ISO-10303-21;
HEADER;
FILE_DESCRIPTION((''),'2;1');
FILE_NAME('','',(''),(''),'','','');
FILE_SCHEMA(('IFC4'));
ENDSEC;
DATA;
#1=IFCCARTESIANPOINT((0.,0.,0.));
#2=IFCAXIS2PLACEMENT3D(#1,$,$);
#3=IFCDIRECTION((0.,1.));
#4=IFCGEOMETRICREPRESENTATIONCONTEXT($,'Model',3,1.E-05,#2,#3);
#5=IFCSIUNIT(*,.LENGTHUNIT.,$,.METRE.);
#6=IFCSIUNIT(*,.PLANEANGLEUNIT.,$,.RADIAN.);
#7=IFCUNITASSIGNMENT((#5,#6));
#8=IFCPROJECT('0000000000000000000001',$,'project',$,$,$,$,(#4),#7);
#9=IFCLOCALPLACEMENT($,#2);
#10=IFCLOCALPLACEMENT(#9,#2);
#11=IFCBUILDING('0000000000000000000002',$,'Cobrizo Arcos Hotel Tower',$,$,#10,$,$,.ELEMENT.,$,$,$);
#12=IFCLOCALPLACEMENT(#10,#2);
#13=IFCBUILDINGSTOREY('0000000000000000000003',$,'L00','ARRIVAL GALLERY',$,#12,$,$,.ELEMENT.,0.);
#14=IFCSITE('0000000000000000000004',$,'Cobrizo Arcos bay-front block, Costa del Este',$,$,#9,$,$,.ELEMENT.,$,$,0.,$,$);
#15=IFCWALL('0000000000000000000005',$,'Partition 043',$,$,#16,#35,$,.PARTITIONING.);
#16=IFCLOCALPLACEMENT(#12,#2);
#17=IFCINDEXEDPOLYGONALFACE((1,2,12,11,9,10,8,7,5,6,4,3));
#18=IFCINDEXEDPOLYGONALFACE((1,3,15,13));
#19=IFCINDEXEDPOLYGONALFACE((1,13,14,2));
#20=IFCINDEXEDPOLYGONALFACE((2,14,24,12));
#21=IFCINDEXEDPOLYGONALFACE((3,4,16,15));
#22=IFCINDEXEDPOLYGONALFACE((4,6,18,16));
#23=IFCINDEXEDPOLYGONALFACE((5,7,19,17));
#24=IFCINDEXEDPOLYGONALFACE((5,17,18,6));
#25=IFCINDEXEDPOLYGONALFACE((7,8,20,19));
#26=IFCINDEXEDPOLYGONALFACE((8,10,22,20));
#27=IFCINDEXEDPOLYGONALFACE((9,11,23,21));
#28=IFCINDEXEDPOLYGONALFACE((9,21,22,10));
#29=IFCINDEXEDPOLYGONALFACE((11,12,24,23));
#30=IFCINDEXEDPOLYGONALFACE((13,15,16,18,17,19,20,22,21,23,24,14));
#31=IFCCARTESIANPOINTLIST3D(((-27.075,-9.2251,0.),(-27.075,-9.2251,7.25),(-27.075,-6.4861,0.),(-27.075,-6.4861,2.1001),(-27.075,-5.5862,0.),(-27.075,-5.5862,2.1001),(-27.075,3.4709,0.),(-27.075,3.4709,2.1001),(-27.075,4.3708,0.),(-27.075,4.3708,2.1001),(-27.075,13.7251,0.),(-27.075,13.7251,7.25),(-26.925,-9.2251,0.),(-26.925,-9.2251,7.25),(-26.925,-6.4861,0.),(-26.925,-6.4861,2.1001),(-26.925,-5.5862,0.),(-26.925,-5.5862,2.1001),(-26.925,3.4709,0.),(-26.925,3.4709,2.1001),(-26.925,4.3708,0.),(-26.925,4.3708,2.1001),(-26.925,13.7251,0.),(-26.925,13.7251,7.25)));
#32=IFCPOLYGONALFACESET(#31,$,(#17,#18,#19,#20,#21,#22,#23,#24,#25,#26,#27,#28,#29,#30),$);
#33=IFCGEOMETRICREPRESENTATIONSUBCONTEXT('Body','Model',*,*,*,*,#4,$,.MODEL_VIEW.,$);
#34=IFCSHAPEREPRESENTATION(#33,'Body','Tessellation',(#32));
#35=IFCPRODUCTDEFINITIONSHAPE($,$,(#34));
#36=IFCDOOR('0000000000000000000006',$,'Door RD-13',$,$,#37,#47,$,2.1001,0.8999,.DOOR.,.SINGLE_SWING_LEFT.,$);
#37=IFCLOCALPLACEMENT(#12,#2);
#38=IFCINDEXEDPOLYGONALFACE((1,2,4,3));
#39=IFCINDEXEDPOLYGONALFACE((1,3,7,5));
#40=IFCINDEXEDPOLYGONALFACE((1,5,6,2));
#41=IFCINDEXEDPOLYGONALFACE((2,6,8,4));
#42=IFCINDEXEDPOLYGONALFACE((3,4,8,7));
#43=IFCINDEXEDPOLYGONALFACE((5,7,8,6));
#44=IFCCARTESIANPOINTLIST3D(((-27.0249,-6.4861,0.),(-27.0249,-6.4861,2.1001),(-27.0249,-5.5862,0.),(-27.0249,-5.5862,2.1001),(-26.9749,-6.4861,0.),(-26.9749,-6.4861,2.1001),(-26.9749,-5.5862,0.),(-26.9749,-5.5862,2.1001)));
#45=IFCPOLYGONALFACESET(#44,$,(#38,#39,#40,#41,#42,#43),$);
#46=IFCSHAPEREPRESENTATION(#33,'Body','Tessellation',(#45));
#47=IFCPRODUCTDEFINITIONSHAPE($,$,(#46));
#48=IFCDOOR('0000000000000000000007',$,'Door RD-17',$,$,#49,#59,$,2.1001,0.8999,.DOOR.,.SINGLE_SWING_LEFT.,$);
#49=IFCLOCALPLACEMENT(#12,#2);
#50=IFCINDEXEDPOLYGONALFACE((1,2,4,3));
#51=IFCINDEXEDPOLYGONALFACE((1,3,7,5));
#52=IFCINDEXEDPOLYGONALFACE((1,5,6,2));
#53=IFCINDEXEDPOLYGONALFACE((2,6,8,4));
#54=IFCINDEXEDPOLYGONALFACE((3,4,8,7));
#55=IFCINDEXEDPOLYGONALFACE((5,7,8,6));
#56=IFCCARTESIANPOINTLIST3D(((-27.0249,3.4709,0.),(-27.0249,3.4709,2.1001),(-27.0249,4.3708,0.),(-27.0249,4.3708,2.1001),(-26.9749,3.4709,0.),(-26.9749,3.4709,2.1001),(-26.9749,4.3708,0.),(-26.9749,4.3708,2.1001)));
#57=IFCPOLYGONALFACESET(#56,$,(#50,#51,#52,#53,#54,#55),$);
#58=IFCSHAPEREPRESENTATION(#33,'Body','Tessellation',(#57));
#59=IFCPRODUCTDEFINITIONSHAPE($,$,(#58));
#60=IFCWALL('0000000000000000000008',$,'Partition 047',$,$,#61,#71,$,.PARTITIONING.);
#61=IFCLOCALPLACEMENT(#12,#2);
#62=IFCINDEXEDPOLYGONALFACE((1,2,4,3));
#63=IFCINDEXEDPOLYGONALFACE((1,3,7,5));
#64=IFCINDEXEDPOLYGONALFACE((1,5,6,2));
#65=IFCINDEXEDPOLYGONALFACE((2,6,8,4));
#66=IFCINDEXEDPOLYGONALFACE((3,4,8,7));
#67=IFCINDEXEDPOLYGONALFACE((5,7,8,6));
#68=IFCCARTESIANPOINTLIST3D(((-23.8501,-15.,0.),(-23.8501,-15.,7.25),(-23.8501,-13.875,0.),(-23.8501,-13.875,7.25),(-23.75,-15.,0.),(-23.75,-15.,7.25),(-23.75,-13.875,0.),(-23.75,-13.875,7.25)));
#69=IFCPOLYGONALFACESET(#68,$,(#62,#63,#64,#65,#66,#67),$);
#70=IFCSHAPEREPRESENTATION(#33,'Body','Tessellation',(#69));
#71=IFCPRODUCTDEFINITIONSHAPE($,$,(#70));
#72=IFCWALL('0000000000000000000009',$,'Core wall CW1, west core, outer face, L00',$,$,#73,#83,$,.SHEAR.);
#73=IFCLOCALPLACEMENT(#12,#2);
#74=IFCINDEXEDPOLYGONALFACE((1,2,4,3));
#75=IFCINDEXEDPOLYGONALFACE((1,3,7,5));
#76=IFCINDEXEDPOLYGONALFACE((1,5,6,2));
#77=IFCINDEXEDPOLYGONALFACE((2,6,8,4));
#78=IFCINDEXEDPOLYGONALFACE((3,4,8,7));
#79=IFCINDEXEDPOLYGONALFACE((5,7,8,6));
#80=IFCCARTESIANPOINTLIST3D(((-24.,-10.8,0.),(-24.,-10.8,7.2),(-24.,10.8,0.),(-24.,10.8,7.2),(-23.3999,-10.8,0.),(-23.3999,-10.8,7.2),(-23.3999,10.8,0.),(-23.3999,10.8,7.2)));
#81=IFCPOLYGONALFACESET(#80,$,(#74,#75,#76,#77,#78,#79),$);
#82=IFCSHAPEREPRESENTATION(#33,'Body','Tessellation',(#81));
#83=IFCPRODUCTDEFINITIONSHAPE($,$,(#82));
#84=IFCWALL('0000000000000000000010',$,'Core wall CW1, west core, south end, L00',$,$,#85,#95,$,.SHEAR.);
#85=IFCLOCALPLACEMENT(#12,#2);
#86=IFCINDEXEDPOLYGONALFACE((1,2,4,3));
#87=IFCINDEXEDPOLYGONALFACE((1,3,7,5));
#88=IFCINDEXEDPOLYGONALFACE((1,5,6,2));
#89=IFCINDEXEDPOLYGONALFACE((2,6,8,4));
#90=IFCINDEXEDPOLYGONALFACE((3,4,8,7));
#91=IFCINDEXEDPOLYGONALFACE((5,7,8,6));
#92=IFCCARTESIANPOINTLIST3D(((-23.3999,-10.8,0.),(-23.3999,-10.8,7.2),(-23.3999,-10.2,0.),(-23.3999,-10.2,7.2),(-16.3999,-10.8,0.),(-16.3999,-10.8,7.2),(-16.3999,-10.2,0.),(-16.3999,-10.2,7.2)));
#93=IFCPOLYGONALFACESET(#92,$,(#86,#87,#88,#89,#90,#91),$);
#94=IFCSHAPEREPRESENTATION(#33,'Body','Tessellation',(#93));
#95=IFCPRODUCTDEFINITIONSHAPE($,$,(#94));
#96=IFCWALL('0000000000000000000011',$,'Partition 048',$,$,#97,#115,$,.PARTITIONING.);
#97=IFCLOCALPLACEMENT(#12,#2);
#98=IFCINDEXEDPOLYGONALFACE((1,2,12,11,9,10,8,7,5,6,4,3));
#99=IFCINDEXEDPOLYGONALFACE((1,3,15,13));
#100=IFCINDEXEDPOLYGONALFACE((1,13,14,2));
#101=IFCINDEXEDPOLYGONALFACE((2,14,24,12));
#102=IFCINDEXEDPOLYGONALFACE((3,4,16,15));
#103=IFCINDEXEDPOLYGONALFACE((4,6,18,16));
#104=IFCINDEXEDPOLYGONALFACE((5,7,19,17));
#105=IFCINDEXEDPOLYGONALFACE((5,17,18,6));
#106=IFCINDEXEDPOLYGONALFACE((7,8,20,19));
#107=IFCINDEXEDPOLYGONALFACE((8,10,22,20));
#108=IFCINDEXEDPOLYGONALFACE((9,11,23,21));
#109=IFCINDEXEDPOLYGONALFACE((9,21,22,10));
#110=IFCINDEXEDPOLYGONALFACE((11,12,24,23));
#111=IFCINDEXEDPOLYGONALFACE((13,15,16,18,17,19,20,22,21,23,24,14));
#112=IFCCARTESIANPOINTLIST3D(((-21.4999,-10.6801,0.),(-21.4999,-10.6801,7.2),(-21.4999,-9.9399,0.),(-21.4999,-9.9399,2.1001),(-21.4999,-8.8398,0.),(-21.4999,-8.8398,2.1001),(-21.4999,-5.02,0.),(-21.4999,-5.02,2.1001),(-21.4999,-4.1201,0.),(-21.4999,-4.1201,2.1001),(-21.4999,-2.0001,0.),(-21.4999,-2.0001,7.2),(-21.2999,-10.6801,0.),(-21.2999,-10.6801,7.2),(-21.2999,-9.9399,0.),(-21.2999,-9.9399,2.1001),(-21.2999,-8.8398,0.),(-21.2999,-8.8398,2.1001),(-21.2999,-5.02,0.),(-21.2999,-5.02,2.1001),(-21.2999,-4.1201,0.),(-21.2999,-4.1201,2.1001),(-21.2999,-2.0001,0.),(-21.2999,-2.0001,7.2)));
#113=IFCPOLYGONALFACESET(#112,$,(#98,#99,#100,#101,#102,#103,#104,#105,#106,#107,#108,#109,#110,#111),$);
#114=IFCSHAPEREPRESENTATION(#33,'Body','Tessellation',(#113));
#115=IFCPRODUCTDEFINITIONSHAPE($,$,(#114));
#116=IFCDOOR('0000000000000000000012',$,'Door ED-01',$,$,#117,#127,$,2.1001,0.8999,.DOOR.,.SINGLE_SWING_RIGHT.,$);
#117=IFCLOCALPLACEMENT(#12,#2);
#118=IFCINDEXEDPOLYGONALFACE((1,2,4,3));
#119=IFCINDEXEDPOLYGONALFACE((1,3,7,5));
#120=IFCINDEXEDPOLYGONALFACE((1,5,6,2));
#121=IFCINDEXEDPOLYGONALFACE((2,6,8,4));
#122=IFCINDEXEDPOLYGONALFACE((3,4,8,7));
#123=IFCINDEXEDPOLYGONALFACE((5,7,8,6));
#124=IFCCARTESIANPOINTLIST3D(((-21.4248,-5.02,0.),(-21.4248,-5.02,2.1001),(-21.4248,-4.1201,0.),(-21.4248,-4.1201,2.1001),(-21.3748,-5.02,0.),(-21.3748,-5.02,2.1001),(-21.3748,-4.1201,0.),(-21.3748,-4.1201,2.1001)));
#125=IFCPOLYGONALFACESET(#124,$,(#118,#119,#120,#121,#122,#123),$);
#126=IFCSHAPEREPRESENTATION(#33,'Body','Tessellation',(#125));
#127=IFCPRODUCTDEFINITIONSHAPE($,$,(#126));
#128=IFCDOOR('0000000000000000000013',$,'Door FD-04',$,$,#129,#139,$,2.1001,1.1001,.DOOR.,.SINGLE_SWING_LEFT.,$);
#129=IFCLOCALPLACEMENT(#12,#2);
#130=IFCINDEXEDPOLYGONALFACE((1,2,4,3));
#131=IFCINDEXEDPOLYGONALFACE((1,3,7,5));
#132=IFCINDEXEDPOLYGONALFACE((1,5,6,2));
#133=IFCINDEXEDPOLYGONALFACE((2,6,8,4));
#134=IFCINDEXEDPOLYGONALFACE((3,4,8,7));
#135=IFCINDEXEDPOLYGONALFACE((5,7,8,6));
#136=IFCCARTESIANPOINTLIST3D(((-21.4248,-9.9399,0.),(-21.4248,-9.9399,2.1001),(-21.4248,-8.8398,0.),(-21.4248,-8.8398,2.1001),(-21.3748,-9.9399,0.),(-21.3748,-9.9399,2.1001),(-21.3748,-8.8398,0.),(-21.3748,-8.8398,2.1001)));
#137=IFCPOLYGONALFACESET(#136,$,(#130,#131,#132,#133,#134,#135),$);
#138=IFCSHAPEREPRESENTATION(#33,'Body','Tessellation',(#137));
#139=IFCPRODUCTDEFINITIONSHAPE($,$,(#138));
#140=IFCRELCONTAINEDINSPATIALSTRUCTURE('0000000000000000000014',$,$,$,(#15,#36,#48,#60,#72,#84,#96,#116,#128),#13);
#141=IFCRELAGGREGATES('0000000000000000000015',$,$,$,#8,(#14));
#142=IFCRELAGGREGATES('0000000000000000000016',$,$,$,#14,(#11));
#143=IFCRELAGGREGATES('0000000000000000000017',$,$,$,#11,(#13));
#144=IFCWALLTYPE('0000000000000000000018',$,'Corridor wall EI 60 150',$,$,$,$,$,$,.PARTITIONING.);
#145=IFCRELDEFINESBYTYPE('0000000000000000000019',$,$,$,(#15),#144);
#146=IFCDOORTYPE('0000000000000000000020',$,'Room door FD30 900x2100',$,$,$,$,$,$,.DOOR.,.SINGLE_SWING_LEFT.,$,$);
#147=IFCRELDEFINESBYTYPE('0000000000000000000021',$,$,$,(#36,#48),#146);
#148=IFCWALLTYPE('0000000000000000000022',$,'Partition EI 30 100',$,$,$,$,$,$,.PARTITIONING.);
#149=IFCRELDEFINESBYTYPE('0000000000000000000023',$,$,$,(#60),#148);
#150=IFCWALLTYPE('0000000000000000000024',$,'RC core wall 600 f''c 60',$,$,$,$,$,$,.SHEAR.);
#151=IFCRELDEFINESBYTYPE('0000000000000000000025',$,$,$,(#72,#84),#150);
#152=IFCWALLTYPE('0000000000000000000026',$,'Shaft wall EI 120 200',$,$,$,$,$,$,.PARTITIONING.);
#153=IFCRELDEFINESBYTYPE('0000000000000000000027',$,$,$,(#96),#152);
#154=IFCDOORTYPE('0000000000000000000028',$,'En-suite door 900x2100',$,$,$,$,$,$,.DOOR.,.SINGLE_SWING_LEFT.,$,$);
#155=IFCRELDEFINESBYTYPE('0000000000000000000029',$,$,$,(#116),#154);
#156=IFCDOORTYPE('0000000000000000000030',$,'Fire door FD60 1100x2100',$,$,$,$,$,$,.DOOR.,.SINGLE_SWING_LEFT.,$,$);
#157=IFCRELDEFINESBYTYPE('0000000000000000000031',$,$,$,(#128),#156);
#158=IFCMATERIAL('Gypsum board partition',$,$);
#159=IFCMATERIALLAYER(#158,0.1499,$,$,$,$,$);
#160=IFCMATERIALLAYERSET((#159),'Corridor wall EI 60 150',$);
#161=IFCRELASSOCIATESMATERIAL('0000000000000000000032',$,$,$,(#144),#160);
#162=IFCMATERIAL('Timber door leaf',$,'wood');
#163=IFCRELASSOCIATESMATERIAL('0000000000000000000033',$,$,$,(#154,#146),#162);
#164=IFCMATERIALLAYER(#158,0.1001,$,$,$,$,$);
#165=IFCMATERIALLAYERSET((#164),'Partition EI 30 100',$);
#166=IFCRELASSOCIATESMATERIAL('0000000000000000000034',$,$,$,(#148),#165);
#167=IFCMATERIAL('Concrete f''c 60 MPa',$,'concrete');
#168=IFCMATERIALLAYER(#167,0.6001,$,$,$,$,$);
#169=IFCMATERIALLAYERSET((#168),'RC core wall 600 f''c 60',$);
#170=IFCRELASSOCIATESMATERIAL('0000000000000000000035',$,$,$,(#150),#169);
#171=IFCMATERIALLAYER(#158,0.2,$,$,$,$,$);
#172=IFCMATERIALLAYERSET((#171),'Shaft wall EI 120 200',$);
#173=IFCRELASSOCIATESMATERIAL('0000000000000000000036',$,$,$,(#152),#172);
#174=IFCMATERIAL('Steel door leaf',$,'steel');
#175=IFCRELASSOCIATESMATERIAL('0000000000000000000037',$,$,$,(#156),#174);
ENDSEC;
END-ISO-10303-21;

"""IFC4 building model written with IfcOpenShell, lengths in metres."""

from ifc_helpers import new_model, si_unit, direction, frame, frame_2d, origin, place, context, subcontext, project, spatial, rectangle, extrude, material, layer, layer_set, type_object, element, fill, save


model = new_model("IFC4")

# Units and contexts
model_context = context("Model", 3, precision=1e-05, world=origin(), true_north=direction((0.0, 1.0)))
body_context = subcontext(model_context, "Body", "Model", "MODEL_VIEW")
ifc_project = project(units=[si_unit("LENGTHUNIT", "METRE"), si_unit("PLANEANGLEUNIT", "RADIAN")], contexts=[model_context])

# Site, building, storey
site_placement = place(None, origin())
site = spatial("IfcSite", under=ifc_project, at=site_placement, Name="Cobrizo Arcos bay-front block, Costa del Este", CompositionType="ELEMENT", RefElevation=0.0)
building_placement = place(site_placement, origin())
building = spatial("IfcBuilding", under=site, at=building_placement, Name="Cobrizo Arcos Hotel Tower", CompositionType="ELEMENT")
storey_placement = place(building_placement, origin())
storey = spatial("IfcBuildingStorey", under=building, at=storey_placement, Name="L00", Description="ARRIVAL GALLERY", CompositionType="ELEMENT", Elevation=0.0)

# Shared definitions
ifc_material_1 = material(Name="Gypsum board partition")
ifc_layer_1 = layer(ifc_material_1, 0.1499)
ifc_layer_set_1 = layer_set([ifc_layer_1], Name="Corridor wall EI 60 150")
wall_type_1 = type_object("IfcWallType", Name="Corridor wall EI 60 150", PredefinedType="PARTITIONING", material=ifc_layer_set_1)
ifc_material_2 = material(Name="Timber door leaf", Category="wood")
door_type_1 = type_object("IfcDoorType", Name="En-suite door 900x2100", OperationType="SINGLE_SWING_LEFT", PredefinedType="DOOR", material=ifc_material_2)
door_type_2 = type_object("IfcDoorType", Name="Room door FD30 900x2100", OperationType="SINGLE_SWING_LEFT", PredefinedType="DOOR", material=ifc_material_2)

# Wall, openings, doors
wall_1_placement = place(storey_placement, frame((-27.0, -9.2251, 0.0), z_axis=(0.0, 0.0, 1.0), x_axis=(0.0, 1.0, 0.0)))
wall_1 = element("IfcWall", 1, at=wall_1_placement, inside=storey, type_object=wall_type_1, Name="Partition 043", PredefinedType="PARTITIONING", context=body_context, shape_type="SweptSolid", body=[
    extrude(rectangle(XDim=22.9502, YDim=0.1499, at=frame_2d((11.4751, 0.0))), origin(), (0.0, 0.0, 1.0), 7.25),
])
opening_1_placement = place(wall_1_placement, frame((2.739, 0.0, 0.0)))
opening_1 = element("IfcOpeningElement", 2, at=opening_1_placement, cuts=wall_1, PredefinedType="OPENING", context=body_context, shape_type="SweptSolid", body=[
    extrude(rectangle(XDim=0.8999, YDim=2.1001, at=frame_2d((0.45, 1.05))), frame((0.0, 0.0869, 0.0), z_axis=(0.0, -1.0, 0.0), x_axis=(1.0, 0.0, 0.0)), (0.0, 0.0, 1.0), 0.1738),
])
opening_2_placement = place(wall_1_placement, frame((12.696, 0.0, 0.0)))
opening_2 = element("IfcOpeningElement", 3, at=opening_2_placement, cuts=wall_1, PredefinedType="OPENING", context=body_context, shape_type="SweptSolid", body=[
    extrude(rectangle(XDim=0.8999, YDim=2.1001, at=frame_2d((0.45, 1.05))), frame((0.0, 0.0869, 0.0), z_axis=(0.0, -1.0, 0.0), x_axis=(1.0, 0.0, 0.0)), (0.0, 0.0, 1.0), 0.1738),
])
door_1_placement = place(opening_1_placement, origin())
door_1 = element("IfcDoor", 4, at=door_1_placement, inside=storey, type_object=door_type_2, Name="Door RD-13", OperationType="SINGLE_SWING_LEFT", OverallHeight=2.1001, OverallWidth=0.8999, PredefinedType="DOOR", context=body_context, shape_type="SweptSolid", body=[
    extrude(rectangle(XDim=0.8999, YDim=2.1001, at=frame_2d((0.45, 1.05))), frame((0.0, 0.0249, 0.0), z_axis=(0.0, -1.0, 0.0), x_axis=(1.0, 0.0, 0.0)), (0.0, 0.0, 1.0), 0.05),
])
fill(opening_1, door_1)
door_2_placement = place(opening_2_placement, origin())
door_2 = element("IfcDoor", 5, at=door_2_placement, inside=storey, type_object=door_type_2, Name="Door RD-17", OperationType="SINGLE_SWING_LEFT", OverallHeight=2.1001, OverallWidth=0.8999, PredefinedType="DOOR", context=body_context, shape_type="SweptSolid", body=[
    extrude(rectangle(XDim=0.8999, YDim=2.1001, at=frame_2d((0.45, 1.05))), frame((0.0, 0.0249, 0.0), z_axis=(0.0, -1.0, 0.0), x_axis=(1.0, 0.0, 0.0)), (0.0, 0.0, 1.0), 0.05),
])
fill(opening_2, door_2)

# Walls
ifc_layer_2 = layer(ifc_material_1, 0.1001)
ifc_layer_set_2 = layer_set([ifc_layer_2], Name="Partition EI 30 100")
wall_type_2 = type_object("IfcWallType", Name="Partition EI 30 100", PredefinedType="PARTITIONING", material=ifc_layer_set_2)
wall_2_placement = place(storey_placement, frame((-23.8, -15.0, 0.0), z_axis=(0.0, 0.0, 1.0), x_axis=(0.0, 1.0, 0.0)))
element("IfcWall", 6, at=wall_2_placement, inside=storey, type_object=wall_type_2, Name="Partition 047", PredefinedType="PARTITIONING", context=body_context, shape_type="SweptSolid", body=[
    extrude(rectangle(XDim=1.125, YDim=0.1001, at=frame_2d((0.5625, 0.0))), origin(), (0.0, 0.0, 1.0), 7.25),
])
ifc_material_3 = material(Name="Concrete f'c 60 MPa", Category="concrete")
ifc_layer_3 = layer(ifc_material_3, 0.6001)
ifc_layer_set_3 = layer_set([ifc_layer_3], Name="RC core wall 600 f'c 60")
wall_type_3 = type_object("IfcWallType", Name="RC core wall 600 f'c 60", PredefinedType="SHEAR", material=ifc_layer_set_3)
wall_3_placement = place(storey_placement, frame((-23.7, -10.8, 0.0), z_axis=(0.0, 0.0, 1.0), x_axis=(0.0, 1.0, 0.0)))
element("IfcWall", 7, at=wall_3_placement, inside=storey, type_object=wall_type_3, Name="Core wall CW1, west core, outer face, L00", PredefinedType="SHEAR", context=body_context, shape_type="SweptSolid", body=[
    extrude(rectangle(XDim=21.6001, YDim=0.6001, at=frame_2d((10.8, 0.0))), origin(), (0.0, 0.0, 1.0), 7.2),
])
wall_4_placement = place(storey_placement, frame((-23.3999, -10.5, 0.0), z_axis=(0.0, 0.0, 1.0), x_axis=(1.0, 0.0, 0.0)))
element("IfcWall", 8, at=wall_4_placement, inside=storey, type_object=wall_type_3, Name="Core wall CW1, west core, south end, L00", PredefinedType="SHEAR", context=body_context, shape_type="SweptSolid", body=[
    extrude(rectangle(XDim=7.0, YDim=0.6001, at=frame_2d((3.5, 0.0))), origin(), (0.0, 0.0, 1.0), 7.2),
])

# Wall, openings, doors
ifc_layer_4 = layer(ifc_material_1, 0.2)
ifc_layer_set_4 = layer_set([ifc_layer_4], Name="Shaft wall EI 120 200")
wall_type_4 = type_object("IfcWallType", Name="Shaft wall EI 120 200", PredefinedType="PARTITIONING", material=ifc_layer_set_4)
wall_5_placement = place(storey_placement, frame((-21.3999, -10.6799, 0.0), z_axis=(0.0, 0.0, 1.0), x_axis=(0.0, 1.0, 0.0)))
wall_5 = element("IfcWall", 9, at=wall_5_placement, inside=storey, type_object=wall_type_4, Name="Partition 048", PredefinedType="PARTITIONING", context=body_context, shape_type="SweptSolid", body=[
    extrude(rectangle(XDim=8.6799, YDim=0.2, at=frame_2d((4.3398, 0.0))), origin(), (0.0, 0.0, 1.0), 7.2),
])
opening_3_placement = place(wall_5_placement, frame((5.6599, 0.0, 0.0)))
opening_3 = element("IfcOpeningElement", 10, at=opening_3_placement, cuts=wall_5, PredefinedType="OPENING", context=body_context, shape_type="SweptSolid", body=[
    extrude(rectangle(XDim=0.8999, YDim=2.1001, at=frame_2d((0.45, 1.05))), frame((0.0, 0.1121, 0.0), z_axis=(0.0, -1.0, 0.0), x_axis=(1.0, 0.0, 0.0)), (0.0, 0.0, 1.0), 0.2239),
])
opening_4_placement = place(wall_5_placement, frame((0.74, 0.0, 0.0)))
opening_4 = element("IfcOpeningElement", 11, at=opening_4_placement, cuts=wall_5, PredefinedType="OPENING", context=body_context, shape_type="SweptSolid", body=[
    extrude(rectangle(XDim=1.1001, YDim=2.1001, at=frame_2d((0.55, 1.05))), frame((0.0, 0.1121, 0.0), z_axis=(0.0, -1.0, 0.0), x_axis=(1.0, 0.0, 0.0)), (0.0, 0.0, 1.0), 0.2239),
])
door_3_placement = place(opening_3_placement, origin())
door_3 = element("IfcDoor", 12, at=door_3_placement, inside=storey, type_object=door_type_1, Name="Door ED-01", OperationType="SINGLE_SWING_RIGHT", OverallHeight=2.1001, OverallWidth=0.8999, PredefinedType="DOOR", context=body_context, shape_type="SweptSolid", body=[
    extrude(rectangle(XDim=0.8999, YDim=2.1001, at=frame_2d((0.45, 1.05))), frame((0.0, 0.0249, 0.0), z_axis=(0.0, -1.0, 0.0), x_axis=(1.0, 0.0, 0.0)), (0.0, 0.0, 1.0), 0.05),
])
fill(opening_3, door_3)
ifc_material_4 = material(Name="Steel door leaf", Category="steel")
door_type_3 = type_object("IfcDoorType", Name="Fire door FD60 1100x2100", OperationType="SINGLE_SWING_LEFT", PredefinedType="DOOR", material=ifc_material_4)
door_4_placement = place(opening_4_placement, origin())
door_4 = element("IfcDoor", 13, at=door_4_placement, inside=storey, type_object=door_type_3, Name="Door FD-04", OperationType="SINGLE_SWING_LEFT", OverallHeight=2.1001, OverallWidth=1.1001, PredefinedType="DOOR", context=body_context, shape_type="SweptSolid", body=[
    extrude(rectangle(XDim=1.1001, YDim=2.1001, at=frame_2d((0.55, 1.05))), frame((0.0, 0.0249, 0.0), z_axis=(0.0, -1.0, 0.0), x_axis=(1.0, 0.0, 0.0)), (0.0, 0.0, 1.0), 0.05),
])
fill(opening_4, door_4)

save(model, "model.ifc")
